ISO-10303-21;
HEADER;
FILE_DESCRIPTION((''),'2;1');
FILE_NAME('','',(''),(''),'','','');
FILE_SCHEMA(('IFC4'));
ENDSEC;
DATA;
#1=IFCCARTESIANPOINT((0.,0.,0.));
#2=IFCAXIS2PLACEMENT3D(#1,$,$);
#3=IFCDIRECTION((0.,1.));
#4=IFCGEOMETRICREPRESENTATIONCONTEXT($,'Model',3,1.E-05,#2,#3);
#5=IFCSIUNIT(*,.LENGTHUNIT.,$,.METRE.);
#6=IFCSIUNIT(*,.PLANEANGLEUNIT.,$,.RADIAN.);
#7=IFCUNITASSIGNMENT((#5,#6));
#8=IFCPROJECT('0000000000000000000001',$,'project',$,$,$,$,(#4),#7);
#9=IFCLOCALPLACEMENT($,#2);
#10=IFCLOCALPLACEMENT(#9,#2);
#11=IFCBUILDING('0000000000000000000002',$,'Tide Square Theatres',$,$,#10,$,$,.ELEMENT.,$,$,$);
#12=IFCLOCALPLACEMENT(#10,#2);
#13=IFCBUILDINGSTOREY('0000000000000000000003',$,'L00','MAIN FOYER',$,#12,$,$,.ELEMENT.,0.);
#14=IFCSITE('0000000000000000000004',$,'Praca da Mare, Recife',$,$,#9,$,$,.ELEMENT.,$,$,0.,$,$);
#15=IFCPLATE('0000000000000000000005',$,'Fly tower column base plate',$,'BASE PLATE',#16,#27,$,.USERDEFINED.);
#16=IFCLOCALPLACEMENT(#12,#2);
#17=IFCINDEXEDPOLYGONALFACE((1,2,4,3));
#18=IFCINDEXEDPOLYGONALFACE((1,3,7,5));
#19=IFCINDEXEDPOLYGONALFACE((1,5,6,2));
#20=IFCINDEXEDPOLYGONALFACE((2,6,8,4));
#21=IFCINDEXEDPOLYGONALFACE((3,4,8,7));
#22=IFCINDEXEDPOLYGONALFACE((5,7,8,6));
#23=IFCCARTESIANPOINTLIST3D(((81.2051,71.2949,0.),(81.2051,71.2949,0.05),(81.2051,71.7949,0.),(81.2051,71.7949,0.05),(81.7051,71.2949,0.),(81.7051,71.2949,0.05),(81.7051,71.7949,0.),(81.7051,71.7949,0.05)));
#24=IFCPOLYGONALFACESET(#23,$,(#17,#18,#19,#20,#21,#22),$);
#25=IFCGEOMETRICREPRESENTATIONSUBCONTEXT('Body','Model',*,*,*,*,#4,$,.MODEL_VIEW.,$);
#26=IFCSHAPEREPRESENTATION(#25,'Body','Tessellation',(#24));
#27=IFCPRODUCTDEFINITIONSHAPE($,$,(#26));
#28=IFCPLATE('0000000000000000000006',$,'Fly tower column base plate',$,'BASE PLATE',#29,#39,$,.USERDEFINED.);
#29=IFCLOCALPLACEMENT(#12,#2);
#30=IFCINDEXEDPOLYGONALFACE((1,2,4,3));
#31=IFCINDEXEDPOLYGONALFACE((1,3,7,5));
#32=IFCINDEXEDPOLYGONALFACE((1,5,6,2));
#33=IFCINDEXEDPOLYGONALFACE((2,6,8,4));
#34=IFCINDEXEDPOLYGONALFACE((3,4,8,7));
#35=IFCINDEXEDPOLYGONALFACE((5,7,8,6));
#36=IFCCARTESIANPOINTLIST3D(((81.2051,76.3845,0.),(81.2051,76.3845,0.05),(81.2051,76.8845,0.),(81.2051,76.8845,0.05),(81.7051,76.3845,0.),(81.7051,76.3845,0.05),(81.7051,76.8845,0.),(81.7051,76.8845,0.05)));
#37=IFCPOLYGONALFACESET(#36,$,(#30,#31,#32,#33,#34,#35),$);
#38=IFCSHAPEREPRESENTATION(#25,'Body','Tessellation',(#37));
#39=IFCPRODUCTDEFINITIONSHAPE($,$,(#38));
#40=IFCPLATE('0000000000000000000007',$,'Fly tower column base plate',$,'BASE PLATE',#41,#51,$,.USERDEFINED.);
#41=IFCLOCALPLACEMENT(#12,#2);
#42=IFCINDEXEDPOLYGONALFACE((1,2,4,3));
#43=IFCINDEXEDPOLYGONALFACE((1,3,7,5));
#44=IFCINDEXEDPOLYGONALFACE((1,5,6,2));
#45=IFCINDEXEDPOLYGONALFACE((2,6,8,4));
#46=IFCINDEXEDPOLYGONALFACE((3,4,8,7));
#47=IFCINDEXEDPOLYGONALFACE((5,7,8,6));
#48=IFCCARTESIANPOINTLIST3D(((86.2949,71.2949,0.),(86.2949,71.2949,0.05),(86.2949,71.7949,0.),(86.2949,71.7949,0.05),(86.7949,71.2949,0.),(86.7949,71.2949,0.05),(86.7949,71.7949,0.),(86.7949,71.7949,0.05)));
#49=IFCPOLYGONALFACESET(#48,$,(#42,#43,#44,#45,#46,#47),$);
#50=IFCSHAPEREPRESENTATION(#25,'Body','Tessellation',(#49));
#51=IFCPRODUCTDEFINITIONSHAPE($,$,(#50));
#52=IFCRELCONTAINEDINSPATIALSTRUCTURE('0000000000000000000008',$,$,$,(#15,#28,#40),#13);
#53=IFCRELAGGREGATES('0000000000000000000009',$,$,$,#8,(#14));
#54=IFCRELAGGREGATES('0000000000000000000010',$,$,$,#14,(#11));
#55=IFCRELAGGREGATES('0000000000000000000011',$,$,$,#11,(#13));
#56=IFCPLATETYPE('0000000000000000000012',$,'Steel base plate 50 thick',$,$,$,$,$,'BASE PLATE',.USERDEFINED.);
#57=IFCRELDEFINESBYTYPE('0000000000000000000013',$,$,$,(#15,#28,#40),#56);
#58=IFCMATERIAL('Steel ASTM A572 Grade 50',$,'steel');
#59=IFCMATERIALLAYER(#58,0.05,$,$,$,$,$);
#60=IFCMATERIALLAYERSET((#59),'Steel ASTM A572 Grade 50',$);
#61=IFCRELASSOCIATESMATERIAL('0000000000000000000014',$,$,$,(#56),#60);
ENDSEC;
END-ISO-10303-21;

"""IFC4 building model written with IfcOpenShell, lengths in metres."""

from ifc_helpers import new_model, si_unit, direction, frame, origin, origin_2d, place, context, subcontext, project, spatial, rectangle, extrude, material, layer, layer_set, type_object, element, save


model = new_model("IFC4")

# Units and contexts
model_context = context("Model", 3, precision=1e-05, world=origin(), true_north=direction((0.0, 1.0)))
body_context = subcontext(model_context, "Body", "Model", "MODEL_VIEW")
ifc_project = project(units=[si_unit("LENGTHUNIT", "METRE"), si_unit("PLANEANGLEUNIT", "RADIAN")], contexts=[model_context])

# Site, building, storey
site_placement = place(None, origin())
site = spatial("IfcSite", under=ifc_project, at=site_placement, Name="Praca da Mare, Recife", CompositionType="ELEMENT", RefElevation=0.0)
building_placement = place(site_placement, origin())
building = spatial("IfcBuilding", under=site, at=building_placement, Name="Tide Square Theatres", CompositionType="ELEMENT")
storey_placement = place(building_placement, origin())
storey = spatial("IfcBuildingStorey", under=building, at=storey_placement, Name="L00", Description="MAIN FOYER", CompositionType="ELEMENT", Elevation=0.0)

# Plates
ifc_material_1 = material(Name="Steel ASTM A572 Grade 50", Category="steel")
ifc_layer = layer(ifc_material_1, 0.05)
ifc_layer_set = layer_set([ifc_layer], Name="Steel ASTM A572 Grade 50")
plate_type = type_object("IfcPlateType", Name="Steel base plate 50 thick", ElementType="BASE PLATE", PredefinedType="USERDEFINED", material=ifc_layer_set)
for number, where, z_axis, x_axis, name in (
    (1, (81.4551, 71.5449, 0.0), (0.0, 0.0, 1.0), (1.0, 0.0, 0.0), "Fly tower column base plate"),
    (2, (81.4551, 76.6345, 0.0), (0.0, 0.0, 1.0), (1.0, 0.0, 0.0), "Fly tower column base plate"),
    (3, (86.5449, 71.5449, 0.0), (0.0, 0.0, 1.0), (1.0, 0.0, 0.0), "Fly tower column base plate"),
):
    element("IfcPlate", number, at=place(storey_placement, frame(where, z_axis=z_axis, x_axis=x_axis)), inside=storey, type_object=plate_type, Name=name, ObjectType="BASE PLATE", PredefinedType="USERDEFINED", context=body_context, shape_type="SweptSolid", body=[
        extrude(rectangle(XDim=0.5, YDim=0.5, at=origin_2d()), origin(), (0.0, 0.0, 1.0), 0.05),
    ])

save(model, "model.ifc")
